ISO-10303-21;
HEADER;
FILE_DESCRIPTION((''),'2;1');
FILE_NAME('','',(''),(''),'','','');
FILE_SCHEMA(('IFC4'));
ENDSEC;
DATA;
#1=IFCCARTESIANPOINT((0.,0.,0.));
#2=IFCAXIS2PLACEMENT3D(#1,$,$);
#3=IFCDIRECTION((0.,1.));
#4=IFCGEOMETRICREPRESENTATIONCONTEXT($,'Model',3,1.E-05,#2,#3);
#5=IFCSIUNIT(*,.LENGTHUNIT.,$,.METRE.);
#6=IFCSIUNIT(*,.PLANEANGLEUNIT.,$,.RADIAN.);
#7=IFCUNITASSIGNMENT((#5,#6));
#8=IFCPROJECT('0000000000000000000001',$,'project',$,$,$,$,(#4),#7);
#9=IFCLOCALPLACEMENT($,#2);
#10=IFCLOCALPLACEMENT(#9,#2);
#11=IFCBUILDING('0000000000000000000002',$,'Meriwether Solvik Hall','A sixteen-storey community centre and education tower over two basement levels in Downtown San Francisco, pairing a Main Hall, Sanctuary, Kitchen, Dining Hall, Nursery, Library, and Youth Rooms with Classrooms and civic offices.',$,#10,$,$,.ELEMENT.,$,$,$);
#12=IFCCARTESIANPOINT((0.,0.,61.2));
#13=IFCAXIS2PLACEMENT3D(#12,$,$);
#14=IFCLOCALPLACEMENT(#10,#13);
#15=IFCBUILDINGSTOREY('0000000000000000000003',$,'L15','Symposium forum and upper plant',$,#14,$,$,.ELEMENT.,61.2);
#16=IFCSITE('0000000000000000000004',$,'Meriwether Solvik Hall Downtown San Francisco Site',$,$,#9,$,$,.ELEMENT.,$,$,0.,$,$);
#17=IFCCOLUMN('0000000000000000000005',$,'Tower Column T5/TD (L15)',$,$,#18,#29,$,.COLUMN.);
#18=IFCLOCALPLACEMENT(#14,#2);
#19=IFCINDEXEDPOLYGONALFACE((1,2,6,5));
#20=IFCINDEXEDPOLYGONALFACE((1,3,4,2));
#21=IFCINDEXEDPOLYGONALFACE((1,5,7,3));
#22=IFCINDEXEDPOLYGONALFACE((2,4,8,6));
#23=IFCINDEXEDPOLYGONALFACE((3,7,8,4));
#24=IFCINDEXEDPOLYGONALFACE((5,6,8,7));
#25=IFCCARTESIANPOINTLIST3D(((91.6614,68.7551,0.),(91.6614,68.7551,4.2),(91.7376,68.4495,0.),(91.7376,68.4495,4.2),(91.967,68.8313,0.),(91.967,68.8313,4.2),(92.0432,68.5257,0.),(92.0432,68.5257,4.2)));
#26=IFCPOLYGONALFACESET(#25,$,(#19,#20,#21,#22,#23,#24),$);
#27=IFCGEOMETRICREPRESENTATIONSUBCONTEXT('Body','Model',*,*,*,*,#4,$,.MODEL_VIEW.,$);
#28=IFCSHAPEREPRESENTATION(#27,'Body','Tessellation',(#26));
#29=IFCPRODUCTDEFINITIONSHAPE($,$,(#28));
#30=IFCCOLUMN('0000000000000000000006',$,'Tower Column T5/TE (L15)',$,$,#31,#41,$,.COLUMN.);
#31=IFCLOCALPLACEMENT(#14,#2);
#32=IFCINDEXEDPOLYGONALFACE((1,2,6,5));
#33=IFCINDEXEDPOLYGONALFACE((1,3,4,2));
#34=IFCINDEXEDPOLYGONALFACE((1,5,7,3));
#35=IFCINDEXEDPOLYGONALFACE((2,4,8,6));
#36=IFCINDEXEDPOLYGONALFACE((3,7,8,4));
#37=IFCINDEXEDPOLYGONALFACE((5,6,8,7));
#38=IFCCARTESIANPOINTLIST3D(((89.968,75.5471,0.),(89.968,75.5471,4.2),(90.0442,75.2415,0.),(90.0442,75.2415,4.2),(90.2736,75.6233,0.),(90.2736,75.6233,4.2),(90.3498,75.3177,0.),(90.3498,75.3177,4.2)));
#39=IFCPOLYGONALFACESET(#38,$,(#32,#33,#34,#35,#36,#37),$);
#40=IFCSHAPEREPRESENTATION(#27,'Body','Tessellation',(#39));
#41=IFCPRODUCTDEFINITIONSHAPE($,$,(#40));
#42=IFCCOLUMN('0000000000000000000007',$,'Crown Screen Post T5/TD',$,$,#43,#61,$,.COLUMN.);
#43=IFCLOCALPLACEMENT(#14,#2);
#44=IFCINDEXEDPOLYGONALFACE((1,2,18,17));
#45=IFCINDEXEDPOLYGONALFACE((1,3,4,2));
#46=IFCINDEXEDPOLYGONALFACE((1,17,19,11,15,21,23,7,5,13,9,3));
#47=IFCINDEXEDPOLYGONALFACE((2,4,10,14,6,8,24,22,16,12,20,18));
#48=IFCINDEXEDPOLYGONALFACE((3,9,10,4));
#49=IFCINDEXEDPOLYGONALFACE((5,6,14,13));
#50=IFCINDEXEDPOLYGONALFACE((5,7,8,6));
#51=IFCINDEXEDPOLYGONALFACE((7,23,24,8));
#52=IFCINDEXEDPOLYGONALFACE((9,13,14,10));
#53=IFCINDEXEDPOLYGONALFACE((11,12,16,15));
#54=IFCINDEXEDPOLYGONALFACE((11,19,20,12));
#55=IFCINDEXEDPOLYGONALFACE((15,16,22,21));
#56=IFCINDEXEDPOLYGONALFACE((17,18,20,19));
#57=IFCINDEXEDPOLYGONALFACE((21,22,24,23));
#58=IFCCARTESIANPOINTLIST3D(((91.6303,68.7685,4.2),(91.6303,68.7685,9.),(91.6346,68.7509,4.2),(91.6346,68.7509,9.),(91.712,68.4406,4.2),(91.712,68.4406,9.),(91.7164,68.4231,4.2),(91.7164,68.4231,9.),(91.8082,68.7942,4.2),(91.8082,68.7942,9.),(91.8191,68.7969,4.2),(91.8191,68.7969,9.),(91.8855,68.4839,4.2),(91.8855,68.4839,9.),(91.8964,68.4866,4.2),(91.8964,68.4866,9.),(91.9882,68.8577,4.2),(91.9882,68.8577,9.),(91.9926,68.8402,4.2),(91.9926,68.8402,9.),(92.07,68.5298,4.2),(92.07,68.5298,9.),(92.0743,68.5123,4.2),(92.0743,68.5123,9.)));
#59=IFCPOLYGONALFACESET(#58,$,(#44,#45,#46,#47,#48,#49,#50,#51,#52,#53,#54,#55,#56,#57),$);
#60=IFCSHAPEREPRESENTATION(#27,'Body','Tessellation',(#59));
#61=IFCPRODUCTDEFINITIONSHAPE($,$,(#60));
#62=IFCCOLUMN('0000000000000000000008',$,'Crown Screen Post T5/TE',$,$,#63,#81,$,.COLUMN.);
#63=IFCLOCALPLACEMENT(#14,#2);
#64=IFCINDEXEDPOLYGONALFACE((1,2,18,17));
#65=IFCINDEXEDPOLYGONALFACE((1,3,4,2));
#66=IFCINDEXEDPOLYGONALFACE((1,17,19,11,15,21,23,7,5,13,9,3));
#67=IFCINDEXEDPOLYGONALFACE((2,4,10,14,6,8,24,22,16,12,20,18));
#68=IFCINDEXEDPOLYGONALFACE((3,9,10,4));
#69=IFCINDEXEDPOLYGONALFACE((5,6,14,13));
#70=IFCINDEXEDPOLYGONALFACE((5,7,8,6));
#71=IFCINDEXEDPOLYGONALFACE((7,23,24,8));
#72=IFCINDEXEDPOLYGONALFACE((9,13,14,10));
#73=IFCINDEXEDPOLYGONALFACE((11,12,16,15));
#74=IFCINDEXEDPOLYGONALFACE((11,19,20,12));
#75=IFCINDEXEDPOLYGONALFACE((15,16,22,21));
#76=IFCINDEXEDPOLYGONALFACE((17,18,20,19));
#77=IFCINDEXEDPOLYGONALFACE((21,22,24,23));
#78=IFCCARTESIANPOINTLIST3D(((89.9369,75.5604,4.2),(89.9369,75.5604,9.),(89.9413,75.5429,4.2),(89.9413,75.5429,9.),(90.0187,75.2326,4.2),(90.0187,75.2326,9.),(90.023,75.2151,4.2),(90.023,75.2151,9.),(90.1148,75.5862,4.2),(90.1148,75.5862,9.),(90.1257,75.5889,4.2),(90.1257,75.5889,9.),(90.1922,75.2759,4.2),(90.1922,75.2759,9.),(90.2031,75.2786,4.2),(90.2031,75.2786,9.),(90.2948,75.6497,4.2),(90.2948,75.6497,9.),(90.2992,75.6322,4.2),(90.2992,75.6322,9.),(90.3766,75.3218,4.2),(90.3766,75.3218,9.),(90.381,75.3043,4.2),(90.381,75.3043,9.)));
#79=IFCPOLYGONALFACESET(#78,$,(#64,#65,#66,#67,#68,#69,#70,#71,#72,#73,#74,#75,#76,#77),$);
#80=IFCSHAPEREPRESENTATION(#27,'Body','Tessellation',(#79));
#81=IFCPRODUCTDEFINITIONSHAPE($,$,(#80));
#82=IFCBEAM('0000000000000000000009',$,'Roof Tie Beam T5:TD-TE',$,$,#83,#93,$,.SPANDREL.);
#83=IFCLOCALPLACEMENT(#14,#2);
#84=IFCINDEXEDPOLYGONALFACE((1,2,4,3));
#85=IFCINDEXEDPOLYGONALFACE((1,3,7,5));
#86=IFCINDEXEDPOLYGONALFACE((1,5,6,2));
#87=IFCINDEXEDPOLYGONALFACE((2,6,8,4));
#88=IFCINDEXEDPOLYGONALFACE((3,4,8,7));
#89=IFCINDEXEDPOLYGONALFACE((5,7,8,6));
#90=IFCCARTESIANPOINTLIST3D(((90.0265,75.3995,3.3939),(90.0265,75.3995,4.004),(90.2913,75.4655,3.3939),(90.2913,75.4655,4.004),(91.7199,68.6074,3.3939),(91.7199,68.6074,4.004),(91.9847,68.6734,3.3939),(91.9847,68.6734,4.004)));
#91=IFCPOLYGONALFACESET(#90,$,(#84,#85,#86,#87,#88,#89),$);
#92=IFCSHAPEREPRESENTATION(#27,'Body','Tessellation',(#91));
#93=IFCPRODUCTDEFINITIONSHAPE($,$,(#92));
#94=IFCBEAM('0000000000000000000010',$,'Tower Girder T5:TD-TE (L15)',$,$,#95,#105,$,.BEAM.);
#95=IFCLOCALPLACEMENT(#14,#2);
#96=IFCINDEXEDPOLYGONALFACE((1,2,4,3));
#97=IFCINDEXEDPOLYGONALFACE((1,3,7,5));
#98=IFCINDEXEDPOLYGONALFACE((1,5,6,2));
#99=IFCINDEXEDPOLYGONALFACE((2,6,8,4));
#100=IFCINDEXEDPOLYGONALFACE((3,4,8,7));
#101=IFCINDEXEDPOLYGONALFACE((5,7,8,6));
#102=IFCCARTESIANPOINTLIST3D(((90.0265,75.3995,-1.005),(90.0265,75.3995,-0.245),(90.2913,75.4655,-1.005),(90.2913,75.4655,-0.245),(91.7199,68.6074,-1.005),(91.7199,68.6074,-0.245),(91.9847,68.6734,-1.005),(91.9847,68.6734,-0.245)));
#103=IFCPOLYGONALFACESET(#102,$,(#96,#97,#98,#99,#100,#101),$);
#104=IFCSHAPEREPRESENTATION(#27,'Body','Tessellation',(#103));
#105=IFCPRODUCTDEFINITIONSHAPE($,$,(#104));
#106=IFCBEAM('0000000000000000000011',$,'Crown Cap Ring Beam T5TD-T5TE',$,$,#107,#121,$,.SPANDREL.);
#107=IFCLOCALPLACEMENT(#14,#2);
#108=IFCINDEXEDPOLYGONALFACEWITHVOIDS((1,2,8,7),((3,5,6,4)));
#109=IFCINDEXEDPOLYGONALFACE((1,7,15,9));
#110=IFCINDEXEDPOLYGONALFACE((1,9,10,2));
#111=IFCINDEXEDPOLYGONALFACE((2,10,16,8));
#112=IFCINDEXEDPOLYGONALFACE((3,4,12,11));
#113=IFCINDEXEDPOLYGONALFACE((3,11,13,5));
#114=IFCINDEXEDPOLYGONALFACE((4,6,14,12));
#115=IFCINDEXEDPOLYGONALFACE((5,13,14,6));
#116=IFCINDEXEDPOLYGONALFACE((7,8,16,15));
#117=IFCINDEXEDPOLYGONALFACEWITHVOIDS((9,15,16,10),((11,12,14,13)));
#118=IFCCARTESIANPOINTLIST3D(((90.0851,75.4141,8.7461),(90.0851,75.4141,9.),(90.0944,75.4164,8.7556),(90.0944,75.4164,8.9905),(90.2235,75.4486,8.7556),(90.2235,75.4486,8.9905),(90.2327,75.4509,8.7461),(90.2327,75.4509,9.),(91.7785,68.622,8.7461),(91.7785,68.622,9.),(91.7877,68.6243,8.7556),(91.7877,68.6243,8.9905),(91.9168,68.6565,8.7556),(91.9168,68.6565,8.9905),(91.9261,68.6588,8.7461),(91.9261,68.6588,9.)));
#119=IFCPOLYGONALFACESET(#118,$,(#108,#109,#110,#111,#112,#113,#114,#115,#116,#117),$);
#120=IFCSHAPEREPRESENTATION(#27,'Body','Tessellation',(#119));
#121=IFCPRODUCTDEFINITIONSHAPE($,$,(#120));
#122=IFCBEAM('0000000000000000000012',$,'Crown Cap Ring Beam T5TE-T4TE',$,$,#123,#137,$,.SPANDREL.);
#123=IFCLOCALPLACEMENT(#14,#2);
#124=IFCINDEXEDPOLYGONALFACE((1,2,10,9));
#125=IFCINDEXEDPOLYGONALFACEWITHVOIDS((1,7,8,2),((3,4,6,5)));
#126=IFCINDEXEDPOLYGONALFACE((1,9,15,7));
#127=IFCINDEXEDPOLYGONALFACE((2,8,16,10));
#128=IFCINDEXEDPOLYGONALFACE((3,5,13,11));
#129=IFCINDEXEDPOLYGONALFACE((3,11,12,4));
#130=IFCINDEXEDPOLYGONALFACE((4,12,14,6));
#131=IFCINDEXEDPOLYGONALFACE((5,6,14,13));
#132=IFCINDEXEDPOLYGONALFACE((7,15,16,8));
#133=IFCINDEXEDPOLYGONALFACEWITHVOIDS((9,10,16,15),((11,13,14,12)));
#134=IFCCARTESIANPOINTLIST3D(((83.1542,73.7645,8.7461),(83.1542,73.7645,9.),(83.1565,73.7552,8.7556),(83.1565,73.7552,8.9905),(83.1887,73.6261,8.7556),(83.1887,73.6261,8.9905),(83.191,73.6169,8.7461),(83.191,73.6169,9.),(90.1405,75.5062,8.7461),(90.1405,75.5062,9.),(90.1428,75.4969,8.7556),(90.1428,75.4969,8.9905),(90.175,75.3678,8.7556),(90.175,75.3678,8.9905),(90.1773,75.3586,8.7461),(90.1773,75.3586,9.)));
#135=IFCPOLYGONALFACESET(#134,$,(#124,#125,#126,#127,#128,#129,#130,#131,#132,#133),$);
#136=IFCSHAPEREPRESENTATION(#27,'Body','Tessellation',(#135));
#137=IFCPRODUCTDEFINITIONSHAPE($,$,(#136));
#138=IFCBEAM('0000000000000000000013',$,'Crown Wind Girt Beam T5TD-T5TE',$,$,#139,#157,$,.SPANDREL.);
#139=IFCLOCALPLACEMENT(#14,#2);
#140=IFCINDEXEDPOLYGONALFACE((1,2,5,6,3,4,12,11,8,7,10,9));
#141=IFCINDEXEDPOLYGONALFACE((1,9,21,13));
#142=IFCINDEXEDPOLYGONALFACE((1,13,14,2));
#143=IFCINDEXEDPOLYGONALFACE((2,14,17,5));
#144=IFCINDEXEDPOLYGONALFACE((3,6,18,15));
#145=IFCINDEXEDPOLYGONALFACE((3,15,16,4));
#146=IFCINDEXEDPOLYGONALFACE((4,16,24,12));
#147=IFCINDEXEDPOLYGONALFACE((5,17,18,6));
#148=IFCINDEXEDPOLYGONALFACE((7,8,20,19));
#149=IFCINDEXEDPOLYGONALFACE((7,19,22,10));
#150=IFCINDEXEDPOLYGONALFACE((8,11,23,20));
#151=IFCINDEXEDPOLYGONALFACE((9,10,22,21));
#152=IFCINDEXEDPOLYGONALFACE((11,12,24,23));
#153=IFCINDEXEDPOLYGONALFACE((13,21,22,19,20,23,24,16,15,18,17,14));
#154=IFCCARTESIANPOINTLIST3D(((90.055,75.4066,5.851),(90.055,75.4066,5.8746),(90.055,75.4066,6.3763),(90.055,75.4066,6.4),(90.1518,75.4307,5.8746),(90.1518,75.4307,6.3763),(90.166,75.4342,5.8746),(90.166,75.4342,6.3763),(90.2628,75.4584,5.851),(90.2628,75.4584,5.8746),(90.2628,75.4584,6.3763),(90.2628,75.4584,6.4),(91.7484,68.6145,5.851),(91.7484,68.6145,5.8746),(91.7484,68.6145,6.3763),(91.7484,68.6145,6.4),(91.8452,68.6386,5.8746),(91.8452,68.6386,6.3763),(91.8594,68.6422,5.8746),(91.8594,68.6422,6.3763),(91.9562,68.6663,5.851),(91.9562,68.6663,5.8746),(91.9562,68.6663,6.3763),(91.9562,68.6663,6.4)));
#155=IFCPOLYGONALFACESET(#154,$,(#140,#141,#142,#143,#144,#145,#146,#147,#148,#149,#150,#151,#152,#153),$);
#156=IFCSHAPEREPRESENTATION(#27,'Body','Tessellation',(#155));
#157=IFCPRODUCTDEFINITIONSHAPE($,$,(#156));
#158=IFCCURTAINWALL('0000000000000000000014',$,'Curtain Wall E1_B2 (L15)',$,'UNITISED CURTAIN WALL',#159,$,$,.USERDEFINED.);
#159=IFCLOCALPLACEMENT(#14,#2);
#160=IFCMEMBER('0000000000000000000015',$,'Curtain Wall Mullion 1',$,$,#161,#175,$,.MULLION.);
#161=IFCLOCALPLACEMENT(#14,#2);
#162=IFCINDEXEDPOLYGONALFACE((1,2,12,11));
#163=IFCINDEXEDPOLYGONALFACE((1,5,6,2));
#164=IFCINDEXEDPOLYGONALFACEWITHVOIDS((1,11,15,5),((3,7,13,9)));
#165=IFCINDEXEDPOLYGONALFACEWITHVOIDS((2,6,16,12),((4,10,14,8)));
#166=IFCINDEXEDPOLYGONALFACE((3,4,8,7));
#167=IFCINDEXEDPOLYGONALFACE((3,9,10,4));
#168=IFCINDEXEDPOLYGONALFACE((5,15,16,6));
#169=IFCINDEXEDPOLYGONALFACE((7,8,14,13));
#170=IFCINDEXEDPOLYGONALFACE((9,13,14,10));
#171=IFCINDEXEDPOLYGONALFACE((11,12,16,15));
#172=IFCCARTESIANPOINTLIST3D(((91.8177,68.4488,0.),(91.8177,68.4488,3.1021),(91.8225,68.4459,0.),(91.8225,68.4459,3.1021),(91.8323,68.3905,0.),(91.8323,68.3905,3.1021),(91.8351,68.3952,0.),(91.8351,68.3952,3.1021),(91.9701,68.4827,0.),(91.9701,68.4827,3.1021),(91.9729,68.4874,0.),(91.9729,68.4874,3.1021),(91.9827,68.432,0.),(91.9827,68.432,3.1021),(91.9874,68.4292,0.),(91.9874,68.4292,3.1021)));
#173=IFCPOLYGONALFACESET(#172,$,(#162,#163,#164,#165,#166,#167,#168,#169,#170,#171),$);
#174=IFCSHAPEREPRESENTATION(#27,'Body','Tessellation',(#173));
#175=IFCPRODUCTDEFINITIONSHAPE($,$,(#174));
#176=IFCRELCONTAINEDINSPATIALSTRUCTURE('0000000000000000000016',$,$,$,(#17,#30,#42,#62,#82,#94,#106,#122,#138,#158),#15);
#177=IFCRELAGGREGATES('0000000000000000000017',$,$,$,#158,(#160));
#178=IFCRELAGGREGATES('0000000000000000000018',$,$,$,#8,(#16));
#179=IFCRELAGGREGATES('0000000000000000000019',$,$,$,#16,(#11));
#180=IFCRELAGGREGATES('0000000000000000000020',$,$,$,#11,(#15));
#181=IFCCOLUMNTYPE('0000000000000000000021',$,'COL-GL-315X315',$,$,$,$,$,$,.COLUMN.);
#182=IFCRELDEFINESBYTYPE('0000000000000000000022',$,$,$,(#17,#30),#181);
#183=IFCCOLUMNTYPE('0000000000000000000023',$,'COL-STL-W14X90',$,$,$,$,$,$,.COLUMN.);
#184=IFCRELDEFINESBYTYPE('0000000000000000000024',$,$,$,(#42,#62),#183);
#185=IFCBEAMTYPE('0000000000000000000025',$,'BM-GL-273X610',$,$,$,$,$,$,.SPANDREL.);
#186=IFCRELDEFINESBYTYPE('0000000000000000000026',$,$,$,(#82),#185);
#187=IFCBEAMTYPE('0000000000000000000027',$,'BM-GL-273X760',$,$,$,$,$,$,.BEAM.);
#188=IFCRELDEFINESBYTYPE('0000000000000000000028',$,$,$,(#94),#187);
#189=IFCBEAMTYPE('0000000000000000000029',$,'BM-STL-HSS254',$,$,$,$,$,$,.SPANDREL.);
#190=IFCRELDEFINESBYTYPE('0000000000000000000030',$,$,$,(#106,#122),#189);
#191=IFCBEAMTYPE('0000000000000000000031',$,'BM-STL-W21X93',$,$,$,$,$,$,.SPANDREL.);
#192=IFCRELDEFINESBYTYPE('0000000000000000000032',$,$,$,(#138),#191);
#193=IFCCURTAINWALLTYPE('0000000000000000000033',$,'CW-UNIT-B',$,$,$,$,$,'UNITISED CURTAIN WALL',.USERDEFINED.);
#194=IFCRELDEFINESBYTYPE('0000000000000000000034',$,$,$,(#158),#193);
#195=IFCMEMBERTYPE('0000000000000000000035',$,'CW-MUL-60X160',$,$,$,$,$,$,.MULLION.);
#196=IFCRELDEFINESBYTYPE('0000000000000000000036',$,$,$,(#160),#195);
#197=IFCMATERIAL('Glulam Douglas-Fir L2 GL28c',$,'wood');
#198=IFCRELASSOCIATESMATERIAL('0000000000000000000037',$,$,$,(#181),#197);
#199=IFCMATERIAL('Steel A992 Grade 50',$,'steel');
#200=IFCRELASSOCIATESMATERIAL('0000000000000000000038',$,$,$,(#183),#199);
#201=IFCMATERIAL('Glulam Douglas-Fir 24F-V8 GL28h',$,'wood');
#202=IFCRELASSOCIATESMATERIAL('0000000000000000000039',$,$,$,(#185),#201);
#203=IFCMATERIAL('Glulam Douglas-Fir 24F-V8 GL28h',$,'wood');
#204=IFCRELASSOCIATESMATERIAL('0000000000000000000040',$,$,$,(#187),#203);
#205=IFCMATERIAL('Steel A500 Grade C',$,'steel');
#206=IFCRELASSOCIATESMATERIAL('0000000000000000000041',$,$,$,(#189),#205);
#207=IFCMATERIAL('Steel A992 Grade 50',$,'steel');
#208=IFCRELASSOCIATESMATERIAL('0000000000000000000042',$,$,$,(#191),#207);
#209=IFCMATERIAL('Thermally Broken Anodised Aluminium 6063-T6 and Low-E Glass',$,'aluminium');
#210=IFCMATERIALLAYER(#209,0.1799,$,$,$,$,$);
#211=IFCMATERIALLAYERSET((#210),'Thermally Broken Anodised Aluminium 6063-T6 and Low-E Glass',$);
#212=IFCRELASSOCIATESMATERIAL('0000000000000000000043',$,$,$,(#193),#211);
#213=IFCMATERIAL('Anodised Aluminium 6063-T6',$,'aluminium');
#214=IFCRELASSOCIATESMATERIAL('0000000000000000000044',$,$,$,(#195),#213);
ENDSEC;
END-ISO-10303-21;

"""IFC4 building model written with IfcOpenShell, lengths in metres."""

from ifc_helpers import new_model, si_unit, direction, frame, origin, origin_2d, place, context, subcontext, project, spatial, rectangle, hollow_rectangle, i_section, extrude, material, layer, layer_set, material_profile, profile_set, type_object, element, aggregate, save


model = new_model("IFC4")

# Units and contexts
model_context = context("Model", 3, precision=1e-05, world=origin(), true_north=direction((0.0, 1.0)))
body_context = subcontext(model_context, "Body", "Model", "MODEL_VIEW")
ifc_project = project(units=[si_unit("LENGTHUNIT", "METRE"), si_unit("PLANEANGLEUNIT", "RADIAN")], contexts=[model_context])

# Site, building, storey
site_placement = place(None, origin())
site = spatial("IfcSite", under=ifc_project, at=site_placement, Name="Meriwether Solvik Hall Downtown San Francisco Site", CompositionType="ELEMENT", RefElevation=0.0)
building_placement = place(site_placement, origin())
building = spatial("IfcBuilding", under=site, at=building_placement, Name="Meriwether Solvik Hall", Description="A sixteen-storey community centre and education tower over two basement levels in Downtown San Francisco, pairing a Main Hall, Sanctuary, Kitchen, Dining Hall, Nursery, Library, and Youth Rooms with Classrooms and civic offices.", CompositionType="ELEMENT")
storey_placement = place(building_placement, frame((0.0, 0.0, 61.2)))
storey = spatial("IfcBuildingStorey", under=building, at=storey_placement, Name="L15", Description="Symposium forum and upper plant", CompositionType="ELEMENT", Elevation=61.2)

# Columns
ifc_material_1 = material(Name="Glulam Douglas-Fir L2 GL28c", Category="wood")
ifc_material_profile_1 = material_profile(ifc_material_1, rectangle(XDim=0.3149, YDim=0.3149, at=origin_2d()), Name="GLC-315X315")
ifc_profile_set_1 = profile_set([ifc_material_profile_1], Name="Glulam Douglas-Fir L2 GL28c")
column_type_1 = type_object("IfcColumnType", Name="COL-GL-315X315", PredefinedType="COLUMN", material=ifc_profile_set_1)
for number, where, z_axis, x_axis, name in (
    (1, (91.8523, 68.6404, 0.0), (0.0, 0.0, 1.0), (0.970296, 0.241922, 0.0), "Tower Column T5/TD (L15)"),
    (2, (90.1589, 75.4324, 0.0), (0.0, 0.0, 1.0), (0.970296, 0.241922, 0.0), "Tower Column T5/TE (L15)"),
):
    element("IfcColumn", number, at=place(storey_placement, frame(where, z_axis=z_axis, x_axis=x_axis)), inside=storey, type_object=column_type_1, Name=name, PredefinedType="COLUMN", context=body_context, shape_type="SweptSolid", body=[
        extrude(rectangle(XDim=0.3149, YDim=0.3149, at=origin_2d()), origin(), (0.0, 0.0, 1.0), 4.2),
    ])
ifc_material_2 = material(Name="Steel A992 Grade 50", Category="steel")
ifc_material_profile_2 = material_profile(ifc_material_2, i_section(OverallWidth=0.3689, OverallDepth=0.356, WebThickness=0.0112, FlangeThickness=0.0181, at=origin_2d()), Name="W14X90")
ifc_profile_set_2 = profile_set([ifc_material_profile_2], Name="Steel A992 Grade 50")
column_type_2 = type_object("IfcColumnType", Name="COL-STL-W14X90", PredefinedType="COLUMN", material=ifc_profile_set_2)
for number, where, z_axis, x_axis, name in (
    (3, (91.8523, 68.6404, 4.2), (0.0, 0.0, 1.0), (0.970296, 0.241922, 0.0), "Crown Screen Post T5/TD"),
    (4, (90.1589, 75.4324, 4.2), (0.0, 0.0, 1.0), (0.970296, 0.241922, 0.0), "Crown Screen Post T5/TE"),
):
    element("IfcColumn", number, at=place(storey_placement, frame(where, z_axis=z_axis, x_axis=x_axis)), inside=storey, type_object=column_type_2, Name=name, PredefinedType="COLUMN", context=body_context, shape_type="SweptSolid", body=[
        extrude(i_section(OverallWidth=0.3689, OverallDepth=0.356, WebThickness=0.0112, FlangeThickness=0.0181, at=origin_2d()), origin(), (0.0, 0.0, 1.0), 4.8),
    ])

# Beams
ifc_material_3 = material(Name="Glulam Douglas-Fir 24F-V8 GL28h", Category="wood")
ifc_material_profile_3 = material_profile(ifc_material_3, rectangle(XDim=0.2729, YDim=0.6101, at=origin_2d()), Name="GLB-273X610")
ifc_profile_set_3 = profile_set([ifc_material_profile_3], Name="Glulam Douglas-Fir 24F-V8 GL28h")
beam_type_1 = type_object("IfcBeamType", Name="BM-GL-273X610", PredefinedType="SPANDREL", material=ifc_profile_set_3)
beam_1_placement = place(storey_placement, frame((91.8523, 68.6404, 3.699), z_axis=(-0.241912, 0.970298, 0.0), x_axis=(-0.970298, -0.241912, 0.0)))
element("IfcBeam", 5, at=beam_1_placement, inside=storey, type_object=beam_type_1, Name="Roof Tie Beam T5:TD-TE", PredefinedType="SPANDREL", context=body_context, shape_type="SweptSolid", body=[
    extrude(rectangle(XDim=0.2729, YDim=0.6101, at=origin_2d()), origin(), (0.0, 0.0, 1.0), 7.0),
])
ifc_material_4 = material(Name="Glulam Douglas-Fir 24F-V8 GL28h", Category="wood")
ifc_material_profile_4 = material_profile(ifc_material_4, rectangle(XDim=0.2729, YDim=0.76, at=origin_2d()), Name="GLB-273X760")
ifc_profile_set_4 = profile_set([ifc_material_profile_4], Name="Glulam Douglas-Fir 24F-V8 GL28h")
beam_type_2 = type_object("IfcBeamType", Name="BM-GL-273X760", PredefinedType="BEAM", material=ifc_profile_set_4)
beam_2_placement = place(storey_placement, frame((91.8523, 68.6404, -0.625), z_axis=(-0.241912, 0.970298, 0.0), x_axis=(-0.970298, -0.241912, 0.0)))
element("IfcBeam", 6, at=beam_2_placement, inside=storey, type_object=beam_type_2, Name="Tower Girder T5:TD-TE (L15)", PredefinedType="BEAM", context=body_context, shape_type="SweptSolid", body=[
    extrude(rectangle(XDim=0.2729, YDim=0.76, at=origin_2d()), origin(), (0.0, 0.0, 1.0), 7.0),
])
ifc_material_5 = material(Name="Steel A500 Grade C", Category="steel")
ifc_material_profile_5 = material_profile(ifc_material_5, hollow_rectangle(XDim=0.1521, YDim=0.2539, WallThickness=0.0095, at=origin_2d()), Name="HSS254X152X9.5")
ifc_profile_set_5 = profile_set([ifc_material_profile_5], Name="Steel A500 Grade C")
beam_type_3 = type_object("IfcBeamType", Name="BM-STL-HSS254", PredefinedType="SPANDREL", material=ifc_profile_set_5)
beam_3_placement = place(storey_placement, frame((91.8523, 68.6404, 8.873), z_axis=(-0.241912, 0.970298, 0.0), x_axis=(-0.970298, -0.241912, 0.0)))
element("IfcBeam", 7, at=beam_3_placement, inside=storey, type_object=beam_type_3, Name="Crown Cap Ring Beam T5TD-T5TE", PredefinedType="SPANDREL", context=body_context, shape_type="SweptSolid", body=[
    extrude(hollow_rectangle(XDim=0.1521, YDim=0.2539, WallThickness=0.0095, at=origin_2d()), origin(), (0.0, 0.0, 1.0), 7.0),
])
beam_4_placement = place(storey_placement, frame((90.1589, 75.4324, 8.873), z_axis=(-0.970302, -0.241897, 0.0), x_axis=(0.241897, -0.970302, 0.0)))
element("IfcBeam", 8, at=beam_4_placement, inside=storey, type_object=beam_type_3, Name="Crown Cap Ring Beam T5TE-T4TE", PredefinedType="SPANDREL", context=body_context, shape_type="SweptSolid", body=[
    extrude(hollow_rectangle(XDim=0.1521, YDim=0.2539, WallThickness=0.0095, at=origin_2d()), origin(), (0.0, 0.0, 1.0), 7.2002),
])
ifc_material_6 = material(Name="Steel A992 Grade 50", Category="steel")
ifc_material_profile_6 = material_profile(ifc_material_6, i_section(OverallWidth=0.2141, OverallDepth=0.5491, WebThickness=0.0146, FlangeThickness=0.0237, at=origin_2d()), Name="W21X93")
ifc_profile_set_6 = profile_set([ifc_material_profile_6], Name="Steel A992 Grade 50")
beam_type_4 = type_object("IfcBeamType", Name="BM-STL-W21X93", PredefinedType="SPANDREL", material=ifc_profile_set_6)
beam_5_placement = place(storey_placement, frame((91.8523, 68.6404, 6.1255), z_axis=(-0.241912, 0.970298, 0.0), x_axis=(-0.970298, -0.241912, 0.0)))
element("IfcBeam", 9, at=beam_5_placement, inside=storey, type_object=beam_type_4, Name="Crown Wind Girt Beam T5TD-T5TE", PredefinedType="SPANDREL", context=body_context, shape_type="SweptSolid", body=[
    extrude(i_section(OverallWidth=0.2141, OverallDepth=0.5491, WebThickness=0.0146, FlangeThickness=0.0237, at=origin_2d()), origin(), (0.0, 0.0, 1.0), 7.0),
])

# Curtain wall, member
ifc_material_7 = material(Name="Thermally Broken Anodised Aluminium 6063-T6 and Low-E Glass", Category="aluminium")
ifc_layer_1 = layer(ifc_material_7, 0.1799)
ifc_layer_set_1 = layer_set([ifc_layer_1], Name="Thermally Broken Anodised Aluminium 6063-T6 and Low-E Glass")
curtain_wall_type_1 = type_object("IfcCurtainWallType", Name="CW-UNIT-B", ElementType="UNITISED CURTAIN WALL", PredefinedType="USERDEFINED", material=ifc_layer_set_1)
curtain_wall_1_placement = place(storey_placement, origin())
curtain_wall_1 = element("IfcCurtainWall", 10, at=curtain_wall_1_placement, inside=storey, type_object=curtain_wall_type_1, Name="Curtain Wall E1_B2 (L15)", ObjectType="UNITISED CURTAIN WALL", PredefinedType="USERDEFINED")
ifc_material_8 = material(Name="Anodised Aluminium 6063-T6", Category="aluminium")
ifc_material_profile_7 = material_profile(ifc_material_8, hollow_rectangle(XDim=0.0601, YDim=0.1599, WallThickness=0.0039, at=origin_2d()), Name="CWM-60X160")
ifc_profile_set_7 = profile_set([ifc_material_profile_7], Name="Anodised Aluminium 6063-T6")
member_type_1 = type_object("IfcMemberType", Name="CW-MUL-60X160", PredefinedType="MULLION", material=ifc_profile_set_7)
member_1_placement = place(storey_placement, frame((91.9026, 68.439, 0.0), z_axis=(0.0, 0.0, 1.0), x_axis=(0.241922, -0.970296, 0.0)))
member_1 = element("IfcMember", 11, at=member_1_placement, type_object=member_type_1, Name="Curtain Wall Mullion 1", PredefinedType="MULLION", context=body_context, shape_type="SweptSolid", body=[
    extrude(hollow_rectangle(XDim=0.0601, YDim=0.1599, WallThickness=0.0039, at=origin_2d()), origin(), (0.0, 0.0, 1.0), 3.1021),
])

aggregate(curtain_wall_1, [member_1])

save(model, "model.ifc")
